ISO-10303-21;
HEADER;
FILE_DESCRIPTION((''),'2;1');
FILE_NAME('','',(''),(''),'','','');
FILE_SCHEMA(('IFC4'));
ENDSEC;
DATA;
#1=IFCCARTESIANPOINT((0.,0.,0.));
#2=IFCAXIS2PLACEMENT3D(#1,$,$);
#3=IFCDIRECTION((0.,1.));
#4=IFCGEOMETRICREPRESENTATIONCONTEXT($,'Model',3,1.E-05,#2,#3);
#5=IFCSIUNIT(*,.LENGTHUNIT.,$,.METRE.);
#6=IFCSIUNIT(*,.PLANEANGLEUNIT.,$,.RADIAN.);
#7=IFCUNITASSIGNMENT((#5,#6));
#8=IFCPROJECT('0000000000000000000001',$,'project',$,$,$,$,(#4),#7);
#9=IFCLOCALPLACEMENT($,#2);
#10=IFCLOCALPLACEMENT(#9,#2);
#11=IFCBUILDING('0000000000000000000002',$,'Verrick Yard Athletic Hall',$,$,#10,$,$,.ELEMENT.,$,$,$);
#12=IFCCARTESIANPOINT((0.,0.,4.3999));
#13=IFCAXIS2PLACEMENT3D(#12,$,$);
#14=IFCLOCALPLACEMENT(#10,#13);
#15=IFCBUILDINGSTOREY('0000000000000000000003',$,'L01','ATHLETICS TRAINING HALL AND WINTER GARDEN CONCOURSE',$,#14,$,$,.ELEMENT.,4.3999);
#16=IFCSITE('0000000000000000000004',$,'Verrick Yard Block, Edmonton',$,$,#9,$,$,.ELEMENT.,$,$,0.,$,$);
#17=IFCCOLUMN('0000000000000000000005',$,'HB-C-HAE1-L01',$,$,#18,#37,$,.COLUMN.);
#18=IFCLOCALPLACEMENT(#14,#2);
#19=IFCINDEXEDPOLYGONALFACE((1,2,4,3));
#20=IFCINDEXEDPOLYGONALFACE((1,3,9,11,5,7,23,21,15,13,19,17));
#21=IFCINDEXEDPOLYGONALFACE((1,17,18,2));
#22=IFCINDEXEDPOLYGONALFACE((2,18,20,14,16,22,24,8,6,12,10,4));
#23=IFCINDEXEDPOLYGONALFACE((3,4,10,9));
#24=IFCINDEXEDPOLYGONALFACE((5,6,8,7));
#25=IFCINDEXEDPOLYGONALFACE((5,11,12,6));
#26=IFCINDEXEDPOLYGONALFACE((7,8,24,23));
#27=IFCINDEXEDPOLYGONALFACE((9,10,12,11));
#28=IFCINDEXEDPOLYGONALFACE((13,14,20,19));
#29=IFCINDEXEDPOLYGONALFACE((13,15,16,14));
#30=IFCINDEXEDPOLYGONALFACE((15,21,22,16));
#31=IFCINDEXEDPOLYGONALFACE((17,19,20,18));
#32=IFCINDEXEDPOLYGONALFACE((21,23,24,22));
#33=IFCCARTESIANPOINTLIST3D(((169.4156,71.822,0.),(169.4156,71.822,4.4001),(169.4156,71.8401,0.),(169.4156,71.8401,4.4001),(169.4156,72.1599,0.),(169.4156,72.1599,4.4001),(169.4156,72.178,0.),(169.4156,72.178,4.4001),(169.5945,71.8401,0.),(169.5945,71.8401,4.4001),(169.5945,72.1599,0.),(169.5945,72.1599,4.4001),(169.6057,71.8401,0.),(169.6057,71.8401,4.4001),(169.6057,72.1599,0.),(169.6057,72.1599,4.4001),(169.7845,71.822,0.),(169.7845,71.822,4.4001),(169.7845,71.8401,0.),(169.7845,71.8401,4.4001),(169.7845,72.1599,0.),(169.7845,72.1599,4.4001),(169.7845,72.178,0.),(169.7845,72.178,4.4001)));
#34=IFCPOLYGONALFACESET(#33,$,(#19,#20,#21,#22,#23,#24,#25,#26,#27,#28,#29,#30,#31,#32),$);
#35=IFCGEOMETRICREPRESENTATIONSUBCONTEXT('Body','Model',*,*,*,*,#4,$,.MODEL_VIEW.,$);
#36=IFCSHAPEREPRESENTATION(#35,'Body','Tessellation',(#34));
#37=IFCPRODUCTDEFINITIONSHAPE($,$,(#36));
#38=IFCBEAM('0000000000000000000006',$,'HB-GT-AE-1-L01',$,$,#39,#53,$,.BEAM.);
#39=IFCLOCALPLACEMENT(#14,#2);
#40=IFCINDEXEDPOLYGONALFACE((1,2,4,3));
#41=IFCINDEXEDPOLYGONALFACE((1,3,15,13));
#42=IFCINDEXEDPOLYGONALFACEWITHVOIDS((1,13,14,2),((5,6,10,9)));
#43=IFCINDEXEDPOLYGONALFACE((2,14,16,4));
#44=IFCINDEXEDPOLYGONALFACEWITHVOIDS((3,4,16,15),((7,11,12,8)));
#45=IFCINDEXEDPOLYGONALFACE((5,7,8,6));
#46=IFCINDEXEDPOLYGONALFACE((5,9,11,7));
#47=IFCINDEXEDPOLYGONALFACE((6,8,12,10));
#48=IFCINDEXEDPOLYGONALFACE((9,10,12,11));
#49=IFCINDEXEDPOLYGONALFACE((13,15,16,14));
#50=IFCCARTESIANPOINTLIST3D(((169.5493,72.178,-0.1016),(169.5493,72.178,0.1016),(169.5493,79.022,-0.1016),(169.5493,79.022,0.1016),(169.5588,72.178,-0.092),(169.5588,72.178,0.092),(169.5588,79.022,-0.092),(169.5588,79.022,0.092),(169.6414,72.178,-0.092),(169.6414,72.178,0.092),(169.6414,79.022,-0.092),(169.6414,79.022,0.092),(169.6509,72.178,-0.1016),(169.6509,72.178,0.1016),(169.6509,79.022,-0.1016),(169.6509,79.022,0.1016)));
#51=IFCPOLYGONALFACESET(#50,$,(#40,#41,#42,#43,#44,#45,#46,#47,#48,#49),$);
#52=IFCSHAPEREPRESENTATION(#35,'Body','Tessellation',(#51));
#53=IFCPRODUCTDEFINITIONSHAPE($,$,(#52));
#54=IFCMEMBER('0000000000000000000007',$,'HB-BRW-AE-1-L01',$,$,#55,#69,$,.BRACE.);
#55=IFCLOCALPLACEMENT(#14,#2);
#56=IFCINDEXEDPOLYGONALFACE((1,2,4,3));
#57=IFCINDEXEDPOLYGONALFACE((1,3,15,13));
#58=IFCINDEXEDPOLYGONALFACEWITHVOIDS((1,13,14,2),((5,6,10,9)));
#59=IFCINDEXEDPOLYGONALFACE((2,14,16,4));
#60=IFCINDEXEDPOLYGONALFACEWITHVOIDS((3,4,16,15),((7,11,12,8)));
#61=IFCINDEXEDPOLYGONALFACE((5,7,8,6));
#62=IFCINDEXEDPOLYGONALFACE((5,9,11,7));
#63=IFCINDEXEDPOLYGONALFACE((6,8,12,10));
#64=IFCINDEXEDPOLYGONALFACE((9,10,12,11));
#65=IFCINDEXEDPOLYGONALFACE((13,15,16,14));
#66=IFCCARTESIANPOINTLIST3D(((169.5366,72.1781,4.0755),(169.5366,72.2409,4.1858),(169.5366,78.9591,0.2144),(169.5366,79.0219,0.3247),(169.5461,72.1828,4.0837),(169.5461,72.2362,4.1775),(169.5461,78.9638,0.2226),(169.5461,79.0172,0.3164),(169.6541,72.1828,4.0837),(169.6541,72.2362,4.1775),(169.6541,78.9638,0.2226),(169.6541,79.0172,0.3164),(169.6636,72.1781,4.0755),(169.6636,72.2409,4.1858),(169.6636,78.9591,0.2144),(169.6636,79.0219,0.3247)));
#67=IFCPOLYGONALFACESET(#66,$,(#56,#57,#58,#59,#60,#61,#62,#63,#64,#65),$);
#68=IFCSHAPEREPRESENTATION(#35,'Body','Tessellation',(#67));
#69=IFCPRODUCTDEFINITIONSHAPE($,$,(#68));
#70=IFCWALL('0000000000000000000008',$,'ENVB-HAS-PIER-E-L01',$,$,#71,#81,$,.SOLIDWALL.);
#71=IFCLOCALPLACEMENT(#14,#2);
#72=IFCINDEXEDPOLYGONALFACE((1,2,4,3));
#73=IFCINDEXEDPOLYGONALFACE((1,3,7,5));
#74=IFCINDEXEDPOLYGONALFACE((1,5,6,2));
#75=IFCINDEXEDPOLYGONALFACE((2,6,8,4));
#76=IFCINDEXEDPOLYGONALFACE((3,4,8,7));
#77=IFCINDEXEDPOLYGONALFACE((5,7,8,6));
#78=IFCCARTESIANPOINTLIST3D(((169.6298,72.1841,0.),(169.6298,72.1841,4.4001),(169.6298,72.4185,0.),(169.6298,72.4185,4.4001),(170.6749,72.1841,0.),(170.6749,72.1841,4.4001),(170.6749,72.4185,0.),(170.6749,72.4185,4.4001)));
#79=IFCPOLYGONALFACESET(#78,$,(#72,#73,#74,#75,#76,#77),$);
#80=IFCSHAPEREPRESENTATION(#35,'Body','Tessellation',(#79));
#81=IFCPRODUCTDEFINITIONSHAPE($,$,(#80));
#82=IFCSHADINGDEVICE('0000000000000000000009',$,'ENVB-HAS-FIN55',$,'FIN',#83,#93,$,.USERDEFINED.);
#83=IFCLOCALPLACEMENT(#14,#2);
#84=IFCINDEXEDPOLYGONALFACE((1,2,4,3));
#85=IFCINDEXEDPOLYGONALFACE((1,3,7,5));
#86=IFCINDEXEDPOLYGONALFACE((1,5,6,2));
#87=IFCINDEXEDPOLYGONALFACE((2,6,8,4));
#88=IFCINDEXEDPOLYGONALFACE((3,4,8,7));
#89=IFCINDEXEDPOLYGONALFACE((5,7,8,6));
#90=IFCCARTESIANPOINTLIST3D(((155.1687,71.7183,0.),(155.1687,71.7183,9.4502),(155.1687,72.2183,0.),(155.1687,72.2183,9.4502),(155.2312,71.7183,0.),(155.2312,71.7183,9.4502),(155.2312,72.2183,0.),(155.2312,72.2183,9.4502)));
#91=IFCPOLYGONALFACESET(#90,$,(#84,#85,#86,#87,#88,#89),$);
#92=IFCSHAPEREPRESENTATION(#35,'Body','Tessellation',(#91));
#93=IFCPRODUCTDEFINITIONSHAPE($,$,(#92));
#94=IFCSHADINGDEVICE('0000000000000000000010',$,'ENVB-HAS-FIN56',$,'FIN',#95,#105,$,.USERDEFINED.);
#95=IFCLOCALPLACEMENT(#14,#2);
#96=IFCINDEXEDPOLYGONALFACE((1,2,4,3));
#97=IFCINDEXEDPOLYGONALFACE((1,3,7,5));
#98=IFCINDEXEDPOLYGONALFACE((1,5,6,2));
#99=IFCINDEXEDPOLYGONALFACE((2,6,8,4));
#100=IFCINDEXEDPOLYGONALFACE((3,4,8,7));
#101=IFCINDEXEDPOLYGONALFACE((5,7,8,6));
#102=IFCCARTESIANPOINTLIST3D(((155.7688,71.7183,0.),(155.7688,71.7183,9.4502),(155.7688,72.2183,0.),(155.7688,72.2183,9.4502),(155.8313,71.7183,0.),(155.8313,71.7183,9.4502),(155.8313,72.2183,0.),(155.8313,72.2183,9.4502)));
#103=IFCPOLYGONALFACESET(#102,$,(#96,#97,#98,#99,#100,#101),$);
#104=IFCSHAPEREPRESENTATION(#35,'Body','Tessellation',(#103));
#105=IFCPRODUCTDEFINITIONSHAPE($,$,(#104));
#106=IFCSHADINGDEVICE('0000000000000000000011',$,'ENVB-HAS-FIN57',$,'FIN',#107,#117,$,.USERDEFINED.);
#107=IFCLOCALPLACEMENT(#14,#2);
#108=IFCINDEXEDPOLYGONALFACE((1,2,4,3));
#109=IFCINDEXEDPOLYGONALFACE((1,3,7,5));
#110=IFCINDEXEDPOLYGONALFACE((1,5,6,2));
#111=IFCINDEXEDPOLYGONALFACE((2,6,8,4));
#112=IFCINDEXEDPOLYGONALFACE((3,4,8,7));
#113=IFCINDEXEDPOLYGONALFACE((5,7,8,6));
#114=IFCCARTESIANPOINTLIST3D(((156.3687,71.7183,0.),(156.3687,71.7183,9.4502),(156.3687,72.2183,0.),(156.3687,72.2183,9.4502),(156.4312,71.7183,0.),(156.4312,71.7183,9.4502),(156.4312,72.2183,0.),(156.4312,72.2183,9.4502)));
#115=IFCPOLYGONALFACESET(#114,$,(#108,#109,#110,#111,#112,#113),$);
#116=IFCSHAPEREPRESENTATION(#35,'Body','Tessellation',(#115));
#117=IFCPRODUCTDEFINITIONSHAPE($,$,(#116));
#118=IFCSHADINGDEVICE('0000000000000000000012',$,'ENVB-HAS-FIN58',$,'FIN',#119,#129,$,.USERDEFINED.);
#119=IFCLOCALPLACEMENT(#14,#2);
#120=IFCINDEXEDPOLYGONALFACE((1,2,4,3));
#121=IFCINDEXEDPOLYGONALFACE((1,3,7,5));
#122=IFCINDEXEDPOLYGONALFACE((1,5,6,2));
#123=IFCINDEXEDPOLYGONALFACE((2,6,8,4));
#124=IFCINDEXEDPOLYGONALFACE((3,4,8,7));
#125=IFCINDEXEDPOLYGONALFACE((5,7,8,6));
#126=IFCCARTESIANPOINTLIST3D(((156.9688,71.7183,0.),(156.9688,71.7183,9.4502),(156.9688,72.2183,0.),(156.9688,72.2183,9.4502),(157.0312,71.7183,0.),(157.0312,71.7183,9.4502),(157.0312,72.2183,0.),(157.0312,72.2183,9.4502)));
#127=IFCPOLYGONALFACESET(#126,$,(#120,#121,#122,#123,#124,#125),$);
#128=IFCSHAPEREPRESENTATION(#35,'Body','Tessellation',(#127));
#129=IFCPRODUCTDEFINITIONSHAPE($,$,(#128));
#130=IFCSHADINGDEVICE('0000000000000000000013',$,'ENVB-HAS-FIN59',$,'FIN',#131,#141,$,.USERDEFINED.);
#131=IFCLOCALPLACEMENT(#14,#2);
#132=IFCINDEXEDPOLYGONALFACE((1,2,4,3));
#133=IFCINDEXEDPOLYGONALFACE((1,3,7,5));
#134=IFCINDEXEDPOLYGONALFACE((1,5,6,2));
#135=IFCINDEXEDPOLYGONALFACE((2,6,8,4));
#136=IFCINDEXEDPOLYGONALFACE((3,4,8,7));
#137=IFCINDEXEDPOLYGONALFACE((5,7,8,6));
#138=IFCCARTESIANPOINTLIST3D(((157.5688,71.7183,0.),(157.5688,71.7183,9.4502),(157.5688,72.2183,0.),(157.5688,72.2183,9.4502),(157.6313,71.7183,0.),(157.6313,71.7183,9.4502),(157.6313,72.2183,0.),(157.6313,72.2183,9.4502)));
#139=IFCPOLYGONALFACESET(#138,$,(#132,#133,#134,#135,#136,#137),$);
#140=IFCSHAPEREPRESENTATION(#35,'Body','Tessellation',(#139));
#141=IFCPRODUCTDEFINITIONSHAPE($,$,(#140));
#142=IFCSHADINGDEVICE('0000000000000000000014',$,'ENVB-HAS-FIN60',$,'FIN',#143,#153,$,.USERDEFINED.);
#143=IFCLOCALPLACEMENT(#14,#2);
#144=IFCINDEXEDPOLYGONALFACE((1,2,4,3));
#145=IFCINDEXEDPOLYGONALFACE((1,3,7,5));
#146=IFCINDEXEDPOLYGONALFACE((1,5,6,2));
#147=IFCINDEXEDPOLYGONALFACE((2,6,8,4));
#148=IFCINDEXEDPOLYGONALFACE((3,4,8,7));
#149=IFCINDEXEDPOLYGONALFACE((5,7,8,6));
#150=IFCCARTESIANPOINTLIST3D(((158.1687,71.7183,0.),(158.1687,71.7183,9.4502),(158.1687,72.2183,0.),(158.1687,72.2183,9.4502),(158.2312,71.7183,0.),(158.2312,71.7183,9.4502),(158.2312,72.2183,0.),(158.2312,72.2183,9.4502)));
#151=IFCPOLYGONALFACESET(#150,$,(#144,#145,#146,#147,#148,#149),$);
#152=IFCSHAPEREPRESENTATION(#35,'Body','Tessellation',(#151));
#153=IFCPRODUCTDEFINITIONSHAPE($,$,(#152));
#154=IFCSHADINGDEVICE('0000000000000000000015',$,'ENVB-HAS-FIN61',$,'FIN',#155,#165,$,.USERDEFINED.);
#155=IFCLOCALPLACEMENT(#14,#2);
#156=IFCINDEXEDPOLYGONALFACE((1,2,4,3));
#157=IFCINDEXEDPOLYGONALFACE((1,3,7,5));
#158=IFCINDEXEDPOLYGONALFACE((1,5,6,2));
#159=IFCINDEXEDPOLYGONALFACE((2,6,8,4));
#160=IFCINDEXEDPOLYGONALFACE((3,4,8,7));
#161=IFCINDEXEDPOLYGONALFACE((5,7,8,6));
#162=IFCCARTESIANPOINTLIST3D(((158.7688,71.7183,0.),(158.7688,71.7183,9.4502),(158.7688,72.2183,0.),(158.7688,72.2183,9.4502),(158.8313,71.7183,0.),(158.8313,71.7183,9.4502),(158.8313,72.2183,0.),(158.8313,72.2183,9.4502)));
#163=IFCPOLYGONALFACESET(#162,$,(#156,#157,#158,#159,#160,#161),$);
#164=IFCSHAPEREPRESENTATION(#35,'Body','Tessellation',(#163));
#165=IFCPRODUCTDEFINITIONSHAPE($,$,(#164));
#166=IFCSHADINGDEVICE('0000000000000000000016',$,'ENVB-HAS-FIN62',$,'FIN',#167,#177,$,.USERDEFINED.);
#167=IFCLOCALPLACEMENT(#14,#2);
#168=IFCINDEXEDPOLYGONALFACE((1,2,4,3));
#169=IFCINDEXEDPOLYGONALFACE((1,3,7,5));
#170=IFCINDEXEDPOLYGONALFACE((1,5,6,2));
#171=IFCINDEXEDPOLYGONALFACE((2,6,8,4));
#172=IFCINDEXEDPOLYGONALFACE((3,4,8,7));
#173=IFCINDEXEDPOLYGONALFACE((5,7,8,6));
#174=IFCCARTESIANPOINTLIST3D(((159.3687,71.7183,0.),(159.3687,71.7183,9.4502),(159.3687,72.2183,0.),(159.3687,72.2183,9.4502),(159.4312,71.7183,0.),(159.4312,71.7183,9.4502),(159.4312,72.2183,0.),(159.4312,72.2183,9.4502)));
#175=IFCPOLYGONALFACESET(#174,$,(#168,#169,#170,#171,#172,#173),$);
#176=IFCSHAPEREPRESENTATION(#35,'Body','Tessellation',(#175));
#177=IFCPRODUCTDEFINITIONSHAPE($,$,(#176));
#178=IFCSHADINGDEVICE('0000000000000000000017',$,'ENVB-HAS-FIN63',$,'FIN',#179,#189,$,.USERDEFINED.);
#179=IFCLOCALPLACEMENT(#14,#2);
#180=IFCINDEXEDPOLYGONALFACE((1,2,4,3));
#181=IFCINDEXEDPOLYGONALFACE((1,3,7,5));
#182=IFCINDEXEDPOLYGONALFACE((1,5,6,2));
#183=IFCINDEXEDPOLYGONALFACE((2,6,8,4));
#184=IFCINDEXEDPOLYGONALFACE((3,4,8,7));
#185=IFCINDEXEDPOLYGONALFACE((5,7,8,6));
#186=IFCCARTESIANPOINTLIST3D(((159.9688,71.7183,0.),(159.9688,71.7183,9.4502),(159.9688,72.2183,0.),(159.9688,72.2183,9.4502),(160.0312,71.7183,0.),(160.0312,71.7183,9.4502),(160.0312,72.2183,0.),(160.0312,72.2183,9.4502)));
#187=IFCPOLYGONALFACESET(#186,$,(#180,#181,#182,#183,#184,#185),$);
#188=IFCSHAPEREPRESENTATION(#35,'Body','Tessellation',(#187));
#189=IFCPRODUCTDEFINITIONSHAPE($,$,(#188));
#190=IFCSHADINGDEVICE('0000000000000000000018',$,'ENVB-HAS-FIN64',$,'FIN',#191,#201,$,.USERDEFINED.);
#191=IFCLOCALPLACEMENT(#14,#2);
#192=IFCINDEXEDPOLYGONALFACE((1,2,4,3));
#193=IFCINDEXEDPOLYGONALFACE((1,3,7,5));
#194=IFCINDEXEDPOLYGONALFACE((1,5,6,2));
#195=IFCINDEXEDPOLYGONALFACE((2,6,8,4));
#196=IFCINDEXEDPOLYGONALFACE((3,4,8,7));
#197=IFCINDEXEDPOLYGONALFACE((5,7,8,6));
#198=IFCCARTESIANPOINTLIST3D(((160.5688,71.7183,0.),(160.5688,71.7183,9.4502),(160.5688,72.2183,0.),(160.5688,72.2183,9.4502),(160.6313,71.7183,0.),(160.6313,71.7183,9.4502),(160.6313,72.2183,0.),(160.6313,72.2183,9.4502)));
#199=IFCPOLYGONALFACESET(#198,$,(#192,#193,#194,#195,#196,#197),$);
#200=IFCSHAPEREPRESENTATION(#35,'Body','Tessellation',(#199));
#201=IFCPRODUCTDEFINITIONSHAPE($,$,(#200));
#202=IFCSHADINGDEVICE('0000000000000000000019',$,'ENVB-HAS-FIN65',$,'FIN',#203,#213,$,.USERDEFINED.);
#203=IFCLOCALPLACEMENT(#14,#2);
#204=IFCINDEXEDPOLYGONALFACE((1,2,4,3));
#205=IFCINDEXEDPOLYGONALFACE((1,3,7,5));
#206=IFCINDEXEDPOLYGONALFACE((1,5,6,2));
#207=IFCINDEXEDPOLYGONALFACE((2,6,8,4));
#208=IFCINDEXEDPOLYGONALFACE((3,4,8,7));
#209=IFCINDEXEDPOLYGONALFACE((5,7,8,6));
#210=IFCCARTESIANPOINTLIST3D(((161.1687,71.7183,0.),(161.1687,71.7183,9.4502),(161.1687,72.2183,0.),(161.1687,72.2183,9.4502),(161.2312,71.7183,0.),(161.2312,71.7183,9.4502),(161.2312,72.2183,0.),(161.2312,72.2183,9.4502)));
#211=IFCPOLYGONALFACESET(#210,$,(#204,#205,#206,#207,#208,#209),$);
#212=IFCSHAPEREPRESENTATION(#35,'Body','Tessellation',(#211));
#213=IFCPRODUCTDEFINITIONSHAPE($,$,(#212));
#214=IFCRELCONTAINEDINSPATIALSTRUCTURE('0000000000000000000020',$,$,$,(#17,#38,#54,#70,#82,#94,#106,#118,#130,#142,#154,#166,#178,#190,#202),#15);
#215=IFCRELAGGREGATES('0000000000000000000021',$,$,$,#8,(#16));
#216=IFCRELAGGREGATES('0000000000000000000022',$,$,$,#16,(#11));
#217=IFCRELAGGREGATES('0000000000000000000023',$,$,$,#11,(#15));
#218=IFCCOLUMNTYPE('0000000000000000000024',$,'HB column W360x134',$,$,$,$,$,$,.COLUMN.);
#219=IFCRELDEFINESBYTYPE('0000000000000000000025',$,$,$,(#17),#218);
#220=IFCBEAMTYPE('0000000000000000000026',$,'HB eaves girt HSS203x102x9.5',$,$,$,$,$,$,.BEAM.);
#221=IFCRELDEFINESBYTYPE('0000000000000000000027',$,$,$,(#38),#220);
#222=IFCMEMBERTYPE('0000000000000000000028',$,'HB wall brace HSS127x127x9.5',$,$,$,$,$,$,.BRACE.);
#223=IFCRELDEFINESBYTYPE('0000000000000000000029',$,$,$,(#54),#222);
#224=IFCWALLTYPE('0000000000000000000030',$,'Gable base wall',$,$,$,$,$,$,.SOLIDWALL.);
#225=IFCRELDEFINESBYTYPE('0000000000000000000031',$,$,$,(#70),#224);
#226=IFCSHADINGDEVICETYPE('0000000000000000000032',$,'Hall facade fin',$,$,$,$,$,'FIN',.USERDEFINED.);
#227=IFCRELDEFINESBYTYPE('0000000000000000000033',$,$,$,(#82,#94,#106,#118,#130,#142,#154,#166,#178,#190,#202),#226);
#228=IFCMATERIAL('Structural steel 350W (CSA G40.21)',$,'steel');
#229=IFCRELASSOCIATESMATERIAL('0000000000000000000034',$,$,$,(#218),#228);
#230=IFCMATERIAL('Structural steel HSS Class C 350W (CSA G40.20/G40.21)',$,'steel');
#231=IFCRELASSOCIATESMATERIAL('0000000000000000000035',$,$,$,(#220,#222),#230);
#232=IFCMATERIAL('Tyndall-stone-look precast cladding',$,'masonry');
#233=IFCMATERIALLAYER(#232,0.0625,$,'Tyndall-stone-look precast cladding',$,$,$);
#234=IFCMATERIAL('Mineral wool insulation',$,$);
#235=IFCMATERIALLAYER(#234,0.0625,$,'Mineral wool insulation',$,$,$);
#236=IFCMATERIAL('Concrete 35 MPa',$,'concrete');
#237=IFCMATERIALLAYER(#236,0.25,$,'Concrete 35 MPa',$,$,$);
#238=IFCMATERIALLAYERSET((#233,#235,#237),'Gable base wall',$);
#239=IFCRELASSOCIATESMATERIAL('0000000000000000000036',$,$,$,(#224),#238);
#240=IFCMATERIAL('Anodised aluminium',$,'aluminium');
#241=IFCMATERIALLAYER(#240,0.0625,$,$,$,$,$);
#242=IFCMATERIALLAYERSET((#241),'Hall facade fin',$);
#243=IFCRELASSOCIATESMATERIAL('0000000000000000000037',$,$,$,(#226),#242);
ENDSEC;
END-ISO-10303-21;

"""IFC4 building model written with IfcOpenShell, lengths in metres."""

from ifc_helpers import new_model, si_unit, direction, frame, frame_2d, origin, origin_2d, place, context, subcontext, project, spatial, polyline, rectangle, hollow_rectangle, i_section, outline, extrude, material, layer, layer_set, material_profile, profile_set, type_object, element, save


model = new_model("IFC4")

# Units and contexts
model_context = context("Model", 3, precision=1e-05, world=origin(), true_north=direction((0.0, 1.0)))
body_context = subcontext(model_context, "Body", "Model", "MODEL_VIEW")
ifc_project = project(units=[si_unit("LENGTHUNIT", "METRE"), si_unit("PLANEANGLEUNIT", "RADIAN")], contexts=[model_context])

# Site, building, storey
site_placement = place(None, origin())
site = spatial("IfcSite", under=ifc_project, at=site_placement, Name="Verrick Yard Block, Edmonton", CompositionType="ELEMENT", RefElevation=0.0)
building_placement = place(site_placement, origin())
building = spatial("IfcBuilding", under=site, at=building_placement, Name="Verrick Yard Athletic Hall", CompositionType="ELEMENT")
storey_placement = place(building_placement, frame((0.0, 0.0, 4.3999)))
storey = spatial("IfcBuildingStorey", under=building, at=storey_placement, Name="L01", Description="ATHLETICS TRAINING HALL AND WINTER GARDEN CONCOURSE", CompositionType="ELEMENT", Elevation=4.3999)

# Column
ifc_material_1 = material(Name="Structural steel 350W (CSA G40.21)", Category="steel")
ifc_material_profile_1 = material_profile(ifc_material_1, i_section(OverallWidth=0.3689, OverallDepth=0.356, WebThickness=0.0112, FlangeThickness=0.0181, at=origin_2d()), Name="W360x134")
ifc_profile_set_1 = profile_set([ifc_material_profile_1], Name="Structural steel 350W (CSA G40.21)")
column_type = type_object("IfcColumnType", Name="HB column W360x134", PredefinedType="COLUMN", material=ifc_profile_set_1)
column_placement = place(storey_placement, frame((169.6001, 72.0, 0.0), z_axis=(0.0, 0.0, 1.0), x_axis=(1.0, 0.0, 0.0)))
element("IfcColumn", 1, at=column_placement, inside=storey, type_object=column_type, Name="HB-C-HAE1-L01", PredefinedType="COLUMN", context=body_context, shape_type="SweptSolid", body=[
    extrude(i_section(OverallWidth=0.3689, OverallDepth=0.356, WebThickness=0.0112, FlangeThickness=0.0181, at=origin_2d()), origin(), (0.0, 0.0, 1.0), 4.4001),
])

# Beam
ifc_material_2 = material(Name="Structural steel HSS Class C 350W (CSA G40.20/G40.21)", Category="steel")
ifc_material_profile_2 = material_profile(ifc_material_2, hollow_rectangle(XDim=0.1016, YDim=0.2031, WallThickness=0.0095, at=origin_2d()), Name="HSS203x102x9.5")
ifc_profile_set_2 = profile_set([ifc_material_profile_2], Name="Structural steel HSS Class C 350W (CSA G40.20/G40.21)")
beam_type = type_object("IfcBeamType", Name="HB eaves girt HSS203x102x9.5", PredefinedType="BEAM", material=ifc_profile_set_2)
beam_placement = place(storey_placement, frame((169.6001, 72.178, 0.0), z_axis=(0.0, 1.0, 0.0), x_axis=(-1.0, 0.0, 0.0)))
element("IfcBeam", 2, at=beam_placement, inside=storey, type_object=beam_type, Name="HB-GT-AE-1-L01", PredefinedType="BEAM", context=body_context, shape_type="SweptSolid", body=[
    extrude(hollow_rectangle(XDim=0.1016, YDim=0.2031, WallThickness=0.0095, at=origin_2d()), origin(), (0.0, 0.0, 1.0), 6.844),
])

# Member
ifc_material_profile_3 = material_profile(ifc_material_2, hollow_rectangle(XDim=0.127, YDim=0.127, WallThickness=0.0095, at=origin_2d()), Name="HSS127x127x9.5")
ifc_profile_set_3 = profile_set([ifc_material_profile_3], Name="Structural steel HSS Class C 350W (CSA G40.20/G40.21)")
member_type = type_object("IfcMemberType", Name="HB wall brace HSS127x127x9.5", PredefinedType="BRACE", material=ifc_profile_set_3)
member_placement = place(storey_placement, frame((169.6001, 72.2095, 4.1306), z_axis=(0.0, 0.869003, -0.494807), x_axis=(-1.0, 0.0, 0.0)))
element("IfcMember", 3, at=member_placement, inside=storey, type_object=member_type, Name="HB-BRW-AE-1-L01", PredefinedType="BRACE", context=body_context, shape_type="SweptSolid", body=[
    extrude(hollow_rectangle(XDim=0.127, YDim=0.127, WallThickness=0.0095, at=origin_2d()), origin(), (0.0, 0.0, 1.0), 7.8032),
])

# Wall
ifc_material_3 = material(Name="Tyndall-stone-look precast cladding", Category="masonry")
ifc_layer_1 = layer(ifc_material_3, 0.0625, Name="Tyndall-stone-look precast cladding")
ifc_material_4 = material(Name="Mineral wool insulation")
ifc_layer_2 = layer(ifc_material_4, 0.0625, Name="Mineral wool insulation")
ifc_material_5 = material(Name="Concrete 35 MPa", Category="concrete")
ifc_layer_3 = layer(ifc_material_5, 0.25, Name="Concrete 35 MPa")
ifc_layer_set_1 = layer_set([ifc_layer_1, ifc_layer_2, ifc_layer_3], Name="Gable base wall")
wall_type = type_object("IfcWallType", Name="Gable base wall", PredefinedType="SOLIDWALL", material=ifc_layer_set_1)
wall_placement = place(storey_placement, frame((169.6299, 72.3013, 0.0), z_axis=(0.0, 0.0, 1.0), x_axis=(1.0, 0.0, 0.0)))
element("IfcWall", 4, at=wall_placement, inside=storey, type_object=wall_type, Name="ENVB-HAS-PIER-E-L01", PredefinedType="SOLIDWALL", context=body_context, shape_type="SweptSolid", body=[
    extrude(rectangle(XDim=1.0452, YDim=0.2344, at=frame_2d((0.5225, 0.0))), origin(), (0.0, 0.0, 1.0), 4.4001),
])

# Shading devices
ifc_material_6 = material(Name="Anodised aluminium", Category="aluminium")
ifc_layer_4 = layer(ifc_material_6, 0.0625)
ifc_layer_set_2 = layer_set([ifc_layer_4], Name="Hall facade fin")
shading_device_type = type_object("IfcShadingDeviceType", Name="Hall facade fin", ElementType="FIN", PredefinedType="USERDEFINED", material=ifc_layer_set_2)
for number, where, z_axis, x_axis, name in (
    (5, (155.2, 71.7183, 0.0), (0.0, 0.0, 1.0), (0.0, 1.0, 0.0), "ENVB-HAS-FIN55"),
    (6, (155.8, 71.7183, 0.0), (0.0, 0.0, 1.0), (0.0, 1.0, 0.0), "ENVB-HAS-FIN56"),
    (7, (156.3999, 71.7183, 0.0), (0.0, 0.0, 1.0), (0.0, 1.0, 0.0), "ENVB-HAS-FIN57"),
    (8, (157.0, 71.7183, 0.0), (0.0, 0.0, 1.0), (0.0, 1.0, 0.0), "ENVB-HAS-FIN58"),
    (9, (157.6001, 71.7183, 0.0), (0.0, 0.0, 1.0), (0.0, 1.0, 0.0), "ENVB-HAS-FIN59"),
    (10, (158.2, 71.7183, 0.0), (0.0, 0.0, 1.0), (0.0, 1.0, 0.0), "ENVB-HAS-FIN60"),
    (11, (158.8, 71.7183, 0.0), (0.0, 0.0, 1.0), (0.0, 1.0, 0.0), "ENVB-HAS-FIN61"),
    (12, (159.3999, 71.7183, 0.0), (0.0, 0.0, 1.0), (0.0, 1.0, 0.0), "ENVB-HAS-FIN62"),
    (13, (160.0, 71.7183, 0.0), (0.0, 0.0, 1.0), (0.0, 1.0, 0.0), "ENVB-HAS-FIN63"),
    (14, (160.6001, 71.7183, 0.0), (0.0, 0.0, 1.0), (0.0, 1.0, 0.0), "ENVB-HAS-FIN64"),
    (15, (161.2, 71.7183, 0.0), (0.0, 0.0, 1.0), (0.0, 1.0, 0.0), "ENVB-HAS-FIN65"),
):
    element("IfcShadingDevice", number, at=place(storey_placement, frame(where, z_axis=z_axis, x_axis=x_axis)), inside=storey, type_object=shading_device_type, Name=name, ObjectType="FIN", PredefinedType="USERDEFINED", context=body_context, shape_type="SweptSolid", body=[
        extrude(outline(polyline([(0.0, 0.0), (0.5, 0.0), (0.5, 9.4502), (0.0, 9.4502), (0.0, 0.0)])), frame((0.0, 0.0312, 0.0), z_axis=(0.0, -1.0, 0.0), x_axis=(1.0, 0.0, 0.0)), (0.0, 0.0, 1.0), 0.0625),
    ])

save(model, "model.ifc")
